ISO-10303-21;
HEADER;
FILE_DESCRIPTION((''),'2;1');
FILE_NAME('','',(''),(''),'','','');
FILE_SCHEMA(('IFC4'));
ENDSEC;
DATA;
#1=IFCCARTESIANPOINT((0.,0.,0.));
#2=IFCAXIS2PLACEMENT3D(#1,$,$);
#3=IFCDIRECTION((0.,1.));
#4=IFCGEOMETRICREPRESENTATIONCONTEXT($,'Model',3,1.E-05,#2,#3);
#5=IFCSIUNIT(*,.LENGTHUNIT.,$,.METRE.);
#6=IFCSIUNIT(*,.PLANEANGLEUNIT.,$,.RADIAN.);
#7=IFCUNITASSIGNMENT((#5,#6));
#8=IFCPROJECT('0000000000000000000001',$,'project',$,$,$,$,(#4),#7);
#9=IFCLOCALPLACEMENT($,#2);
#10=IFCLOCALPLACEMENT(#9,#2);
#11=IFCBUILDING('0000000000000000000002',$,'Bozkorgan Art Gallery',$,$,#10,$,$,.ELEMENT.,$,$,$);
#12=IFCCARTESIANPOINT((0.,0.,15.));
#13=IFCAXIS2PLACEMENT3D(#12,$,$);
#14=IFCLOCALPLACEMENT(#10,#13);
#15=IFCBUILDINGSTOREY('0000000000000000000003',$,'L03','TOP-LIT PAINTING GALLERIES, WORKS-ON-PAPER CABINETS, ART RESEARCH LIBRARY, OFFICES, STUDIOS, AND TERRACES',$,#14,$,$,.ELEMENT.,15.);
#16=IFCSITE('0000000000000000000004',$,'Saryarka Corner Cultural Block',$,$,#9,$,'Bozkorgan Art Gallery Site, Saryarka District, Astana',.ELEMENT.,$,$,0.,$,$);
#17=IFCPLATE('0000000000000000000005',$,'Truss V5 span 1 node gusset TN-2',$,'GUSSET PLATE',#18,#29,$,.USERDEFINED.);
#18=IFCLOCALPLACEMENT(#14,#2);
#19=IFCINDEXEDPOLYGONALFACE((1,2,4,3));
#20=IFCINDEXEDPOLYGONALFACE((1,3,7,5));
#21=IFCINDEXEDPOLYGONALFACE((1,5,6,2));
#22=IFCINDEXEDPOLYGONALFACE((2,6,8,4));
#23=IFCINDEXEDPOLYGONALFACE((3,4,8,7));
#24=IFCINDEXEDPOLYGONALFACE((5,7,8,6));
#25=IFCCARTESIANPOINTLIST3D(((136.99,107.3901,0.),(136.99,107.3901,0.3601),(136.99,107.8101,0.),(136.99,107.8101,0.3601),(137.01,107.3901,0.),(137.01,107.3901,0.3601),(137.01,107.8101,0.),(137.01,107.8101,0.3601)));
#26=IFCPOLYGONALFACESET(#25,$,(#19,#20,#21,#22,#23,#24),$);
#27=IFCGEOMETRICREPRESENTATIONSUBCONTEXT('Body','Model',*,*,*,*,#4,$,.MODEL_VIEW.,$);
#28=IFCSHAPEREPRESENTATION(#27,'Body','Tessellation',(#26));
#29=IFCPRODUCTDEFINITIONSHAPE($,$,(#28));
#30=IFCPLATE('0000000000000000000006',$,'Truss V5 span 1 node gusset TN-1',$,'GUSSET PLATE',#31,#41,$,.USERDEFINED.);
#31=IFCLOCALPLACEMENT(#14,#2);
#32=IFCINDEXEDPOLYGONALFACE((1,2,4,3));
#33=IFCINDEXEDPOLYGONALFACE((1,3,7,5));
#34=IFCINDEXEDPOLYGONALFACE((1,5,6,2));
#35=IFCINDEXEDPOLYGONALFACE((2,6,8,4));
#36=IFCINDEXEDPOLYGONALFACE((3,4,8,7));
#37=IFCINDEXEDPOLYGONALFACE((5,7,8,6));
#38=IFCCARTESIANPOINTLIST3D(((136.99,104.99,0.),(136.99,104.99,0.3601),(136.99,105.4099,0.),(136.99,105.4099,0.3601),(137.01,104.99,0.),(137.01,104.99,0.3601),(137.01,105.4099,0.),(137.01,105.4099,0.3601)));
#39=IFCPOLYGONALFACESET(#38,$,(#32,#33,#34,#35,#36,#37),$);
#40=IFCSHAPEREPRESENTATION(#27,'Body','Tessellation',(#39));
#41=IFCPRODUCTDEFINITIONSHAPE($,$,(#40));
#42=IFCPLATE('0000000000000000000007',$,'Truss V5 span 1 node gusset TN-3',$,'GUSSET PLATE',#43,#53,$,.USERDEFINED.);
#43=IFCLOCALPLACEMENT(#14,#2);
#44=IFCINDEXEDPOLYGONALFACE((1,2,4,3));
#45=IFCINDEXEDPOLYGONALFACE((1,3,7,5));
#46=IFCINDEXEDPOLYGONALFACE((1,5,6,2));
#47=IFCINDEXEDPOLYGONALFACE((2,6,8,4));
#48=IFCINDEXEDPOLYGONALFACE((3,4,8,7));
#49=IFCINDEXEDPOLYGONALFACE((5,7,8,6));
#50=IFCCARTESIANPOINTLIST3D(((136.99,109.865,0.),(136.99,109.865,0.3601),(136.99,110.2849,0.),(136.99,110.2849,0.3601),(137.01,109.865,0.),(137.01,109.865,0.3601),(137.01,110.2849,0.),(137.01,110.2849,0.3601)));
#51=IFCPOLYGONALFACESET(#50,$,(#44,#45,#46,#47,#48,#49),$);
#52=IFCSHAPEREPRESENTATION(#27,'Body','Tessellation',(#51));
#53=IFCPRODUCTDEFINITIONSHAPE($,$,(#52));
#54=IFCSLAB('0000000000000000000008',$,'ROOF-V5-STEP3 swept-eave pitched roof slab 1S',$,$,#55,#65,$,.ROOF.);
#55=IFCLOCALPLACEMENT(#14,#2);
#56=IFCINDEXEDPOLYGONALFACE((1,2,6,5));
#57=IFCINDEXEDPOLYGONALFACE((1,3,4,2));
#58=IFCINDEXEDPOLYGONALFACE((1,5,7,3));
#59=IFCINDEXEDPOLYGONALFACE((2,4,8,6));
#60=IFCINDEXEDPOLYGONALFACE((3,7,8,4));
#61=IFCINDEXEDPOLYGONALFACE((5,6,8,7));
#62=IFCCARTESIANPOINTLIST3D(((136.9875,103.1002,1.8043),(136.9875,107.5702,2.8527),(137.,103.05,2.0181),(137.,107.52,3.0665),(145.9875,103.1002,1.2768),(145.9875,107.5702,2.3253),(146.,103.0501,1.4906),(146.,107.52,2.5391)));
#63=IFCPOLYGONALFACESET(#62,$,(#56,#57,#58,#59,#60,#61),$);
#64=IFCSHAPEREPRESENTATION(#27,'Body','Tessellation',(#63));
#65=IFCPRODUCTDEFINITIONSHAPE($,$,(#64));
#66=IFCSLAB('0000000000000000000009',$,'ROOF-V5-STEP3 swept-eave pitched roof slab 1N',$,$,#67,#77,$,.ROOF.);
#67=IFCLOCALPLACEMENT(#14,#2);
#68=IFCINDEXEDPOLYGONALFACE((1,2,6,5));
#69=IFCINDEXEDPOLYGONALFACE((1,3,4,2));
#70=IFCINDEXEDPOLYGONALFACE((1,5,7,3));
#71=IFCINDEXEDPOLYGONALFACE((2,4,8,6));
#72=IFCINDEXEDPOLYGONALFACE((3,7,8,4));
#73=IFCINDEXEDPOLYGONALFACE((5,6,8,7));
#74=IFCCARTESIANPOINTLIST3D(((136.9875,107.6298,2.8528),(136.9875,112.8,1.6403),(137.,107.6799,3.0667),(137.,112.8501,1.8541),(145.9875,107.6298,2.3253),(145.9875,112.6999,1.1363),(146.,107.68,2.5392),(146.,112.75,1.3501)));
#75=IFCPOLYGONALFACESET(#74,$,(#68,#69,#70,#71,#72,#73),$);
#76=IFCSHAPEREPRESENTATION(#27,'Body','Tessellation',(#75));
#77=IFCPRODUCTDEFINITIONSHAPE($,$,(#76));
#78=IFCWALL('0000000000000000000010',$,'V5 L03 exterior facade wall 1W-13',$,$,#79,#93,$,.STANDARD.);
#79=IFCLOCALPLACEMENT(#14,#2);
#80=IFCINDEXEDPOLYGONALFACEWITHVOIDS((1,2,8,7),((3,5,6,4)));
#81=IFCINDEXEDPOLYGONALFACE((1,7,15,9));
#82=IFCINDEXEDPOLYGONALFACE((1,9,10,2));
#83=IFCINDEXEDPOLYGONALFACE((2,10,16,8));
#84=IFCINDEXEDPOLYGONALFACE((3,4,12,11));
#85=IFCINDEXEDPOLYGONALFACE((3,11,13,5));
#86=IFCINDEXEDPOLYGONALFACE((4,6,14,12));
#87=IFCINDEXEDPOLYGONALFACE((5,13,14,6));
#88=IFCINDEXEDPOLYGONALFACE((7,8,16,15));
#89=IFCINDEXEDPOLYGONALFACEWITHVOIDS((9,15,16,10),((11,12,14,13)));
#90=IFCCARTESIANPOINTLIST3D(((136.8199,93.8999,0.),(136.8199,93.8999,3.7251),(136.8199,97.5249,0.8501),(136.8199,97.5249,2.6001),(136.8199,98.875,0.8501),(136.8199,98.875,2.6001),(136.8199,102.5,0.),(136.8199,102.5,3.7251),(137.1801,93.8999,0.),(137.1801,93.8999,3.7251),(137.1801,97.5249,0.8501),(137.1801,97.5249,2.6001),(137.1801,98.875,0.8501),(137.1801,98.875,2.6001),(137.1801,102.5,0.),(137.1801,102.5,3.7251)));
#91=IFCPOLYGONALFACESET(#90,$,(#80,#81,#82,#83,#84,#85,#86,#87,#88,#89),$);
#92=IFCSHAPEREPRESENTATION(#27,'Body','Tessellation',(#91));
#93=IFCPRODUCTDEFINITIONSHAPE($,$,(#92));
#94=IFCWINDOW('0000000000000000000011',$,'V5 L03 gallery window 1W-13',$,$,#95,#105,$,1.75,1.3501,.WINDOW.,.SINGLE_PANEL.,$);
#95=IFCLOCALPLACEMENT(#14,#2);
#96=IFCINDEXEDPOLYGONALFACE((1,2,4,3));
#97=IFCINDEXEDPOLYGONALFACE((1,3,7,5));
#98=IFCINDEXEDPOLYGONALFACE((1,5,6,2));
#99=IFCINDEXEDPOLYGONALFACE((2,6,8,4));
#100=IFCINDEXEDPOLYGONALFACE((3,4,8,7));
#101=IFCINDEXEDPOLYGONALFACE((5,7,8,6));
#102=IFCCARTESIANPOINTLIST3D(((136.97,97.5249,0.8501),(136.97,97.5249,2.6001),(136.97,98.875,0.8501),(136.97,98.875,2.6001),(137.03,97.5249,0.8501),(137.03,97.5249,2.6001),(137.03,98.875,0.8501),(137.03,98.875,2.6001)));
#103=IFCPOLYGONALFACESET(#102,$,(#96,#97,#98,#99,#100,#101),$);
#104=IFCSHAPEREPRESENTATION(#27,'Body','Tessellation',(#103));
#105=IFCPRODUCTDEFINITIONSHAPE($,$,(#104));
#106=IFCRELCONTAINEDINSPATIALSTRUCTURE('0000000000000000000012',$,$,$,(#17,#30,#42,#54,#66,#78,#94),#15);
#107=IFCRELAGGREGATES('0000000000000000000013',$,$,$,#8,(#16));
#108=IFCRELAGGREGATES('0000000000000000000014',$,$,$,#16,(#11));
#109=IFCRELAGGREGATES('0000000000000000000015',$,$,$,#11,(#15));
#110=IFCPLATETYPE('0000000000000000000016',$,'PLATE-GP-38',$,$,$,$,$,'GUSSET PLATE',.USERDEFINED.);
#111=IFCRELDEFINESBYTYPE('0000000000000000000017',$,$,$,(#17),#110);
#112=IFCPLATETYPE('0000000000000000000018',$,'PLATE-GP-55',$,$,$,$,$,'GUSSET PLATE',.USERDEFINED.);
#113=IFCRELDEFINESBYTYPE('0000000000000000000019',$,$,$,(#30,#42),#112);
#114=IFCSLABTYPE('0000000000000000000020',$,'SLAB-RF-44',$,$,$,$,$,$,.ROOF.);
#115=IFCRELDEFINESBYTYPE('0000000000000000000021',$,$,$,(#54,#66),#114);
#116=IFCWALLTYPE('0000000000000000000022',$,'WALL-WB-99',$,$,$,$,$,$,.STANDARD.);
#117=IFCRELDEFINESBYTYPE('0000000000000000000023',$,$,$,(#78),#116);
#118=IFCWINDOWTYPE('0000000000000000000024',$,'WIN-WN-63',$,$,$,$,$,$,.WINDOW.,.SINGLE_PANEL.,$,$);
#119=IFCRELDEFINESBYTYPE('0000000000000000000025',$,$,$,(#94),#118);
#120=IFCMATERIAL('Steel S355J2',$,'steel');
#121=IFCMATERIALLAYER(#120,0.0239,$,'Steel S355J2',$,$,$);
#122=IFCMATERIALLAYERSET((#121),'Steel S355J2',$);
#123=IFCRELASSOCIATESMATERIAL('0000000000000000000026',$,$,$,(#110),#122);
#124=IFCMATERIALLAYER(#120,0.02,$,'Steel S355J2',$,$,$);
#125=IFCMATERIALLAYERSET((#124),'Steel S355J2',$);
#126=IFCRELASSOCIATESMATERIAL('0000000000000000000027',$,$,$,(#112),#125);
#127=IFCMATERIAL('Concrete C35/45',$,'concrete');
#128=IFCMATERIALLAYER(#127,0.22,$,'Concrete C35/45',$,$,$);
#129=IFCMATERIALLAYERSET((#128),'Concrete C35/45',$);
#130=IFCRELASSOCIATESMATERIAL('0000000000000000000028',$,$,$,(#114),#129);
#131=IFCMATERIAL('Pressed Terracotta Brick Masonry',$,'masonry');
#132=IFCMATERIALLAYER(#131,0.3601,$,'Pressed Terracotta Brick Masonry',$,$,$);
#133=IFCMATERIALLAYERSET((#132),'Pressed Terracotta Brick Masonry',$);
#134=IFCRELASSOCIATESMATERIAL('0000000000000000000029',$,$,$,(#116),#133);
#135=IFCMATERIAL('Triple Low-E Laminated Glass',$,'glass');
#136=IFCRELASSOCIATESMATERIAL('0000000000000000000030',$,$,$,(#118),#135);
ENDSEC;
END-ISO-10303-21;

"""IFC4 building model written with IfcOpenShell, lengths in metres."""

from ifc_helpers import new_model, si_unit, direction, frame, frame_2d, origin, origin_2d, place, context, subcontext, project, spatial, polyline, rectangle, outline, extrude, material, layer, layer_set, type_object, element, fill, save


model = new_model("IFC4")

# Units and contexts
model_context = context("Model", 3, precision=1e-05, world=origin(), true_north=direction((0.0, 1.0)))
body_context = subcontext(model_context, "Body", "Model", "MODEL_VIEW")
ifc_project = project(units=[si_unit("LENGTHUNIT", "METRE"), si_unit("PLANEANGLEUNIT", "RADIAN")], contexts=[model_context])

# Site, building, storey
site_placement = place(None, origin())
site = spatial("IfcSite", under=ifc_project, at=site_placement, Name="Saryarka Corner Cultural Block", LongName="Bozkorgan Art Gallery Site, Saryarka District, Astana", CompositionType="ELEMENT", RefElevation=0.0)
building_placement = place(site_placement, origin())
building = spatial("IfcBuilding", under=site, at=building_placement, Name="Bozkorgan Art Gallery", CompositionType="ELEMENT")
storey_placement = place(building_placement, frame((0.0, 0.0, 15.0)))
storey = spatial("IfcBuildingStorey", under=building, at=storey_placement, Name="L03", Description="TOP-LIT PAINTING GALLERIES, WORKS-ON-PAPER CABINETS, ART RESEARCH LIBRARY, OFFICES, STUDIOS, AND TERRACES", CompositionType="ELEMENT", Elevation=15.0)

# Shared definitions
ifc_material_1 = material(Name="Steel S355J2", Category="steel")

# Plates
ifc_layer_1 = layer(ifc_material_1, 0.0239, Name="Steel S355J2")
ifc_layer_set_1 = layer_set([ifc_layer_1], Name="Steel S355J2")
plate_type_1 = type_object("IfcPlateType", Name="PLATE-GP-38", ElementType="GUSSET PLATE", PredefinedType="USERDEFINED", material=ifc_layer_set_1)
plate_placement = place(storey_placement, frame((137.0, 107.6001, 0.0), z_axis=(0.0, 0.0, 1.0), x_axis=(1.0, 0.0, 0.0)))
element("IfcPlate", 1, at=plate_placement, inside=storey, type_object=plate_type_1, Name="Truss V5 span 1 node gusset TN-2", ObjectType="GUSSET PLATE", PredefinedType="USERDEFINED", context=body_context, shape_type="SweptSolid", body=[
    extrude(rectangle(XDim=0.02, YDim=0.4199, at=origin_2d()), origin(), (0.0, 0.0, 1.0), 0.3601),
])
ifc_layer_2 = layer(ifc_material_1, 0.02, Name="Steel S355J2")
ifc_layer_set_2 = layer_set([ifc_layer_2], Name="Steel S355J2")
plate_type_2 = type_object("IfcPlateType", Name="PLATE-GP-55", ElementType="GUSSET PLATE", PredefinedType="USERDEFINED", material=ifc_layer_set_2)
for number, where, z_axis, x_axis, name in (
    (2, (137.0, 105.2, 0.0), (0.0, 0.0, 1.0), (1.0, 0.0, 0.0), "Truss V5 span 1 node gusset TN-1"),
    (3, (137.0, 110.075, 0.0), (0.0, 0.0, 1.0), (1.0, 0.0, 0.0), "Truss V5 span 1 node gusset TN-3"),
):
    element("IfcPlate", number, at=place(storey_placement, frame(where, z_axis=z_axis, x_axis=x_axis)), inside=storey, type_object=plate_type_2, Name=name, ObjectType="GUSSET PLATE", PredefinedType="USERDEFINED", context=body_context, shape_type="SweptSolid", body=[
        extrude(rectangle(XDim=0.02, YDim=0.4199, at=origin_2d()), origin(), (0.0, 0.0, 1.0), 0.3601),
    ])

# Slabs
ifc_material_2 = material(Name="Concrete C35/45", Category="concrete")
ifc_layer_3 = layer(ifc_material_2, 0.22, Name="Concrete C35/45")
ifc_layer_set_3 = layer_set([ifc_layer_3], Name="Concrete C35/45")
slab_type = type_object("IfcSlabType", Name="SLAB-RF-44", PredefinedType="ROOF", material=ifc_layer_set_3)
slab_1_placement = place(storey_placement, frame((137.0, 103.05, 2.0181), z_axis=(0.056966, -0.227988, 0.971996), x_axis=(0.998287, 0.000003, -0.058506)))
element("IfcSlab", 4, at=slab_1_placement, inside=storey, type_object=slab_type, Name="ROOF-V5-STEP3 swept-eave pitched roof slab 1S", PredefinedType="ROOF", context=body_context, shape_type="SweptSolid", body=[
    extrude(outline(polyline([(0.0, 0.0), (9.0154, 0.0), (8.9541, 4.5908), (-0.0613, 4.5909), (0.0, 0.0)])), origin(), (0.0, 0.0, -1.0), 0.22),
])
slab_2_placement = place(storey_placement, frame((137.0, 107.6799, 3.0667), z_axis=(0.056969, 0.227961, 0.972002), x_axis=(0.998287, 0.000003, -0.05851)))
element("IfcSlab", 5, at=slab_2_placement, inside=storey, type_object=slab_type, Name="ROOF-V5-STEP3 swept-eave pitched roof slab 1N", PredefinedType="ROOF", context=body_context, shape_type="SweptSolid", body=[
    extrude(outline(polyline([(0.0, 0.0), (9.0155, 0.0), (9.085, 5.2071), (0.071, 5.31), (0.0, 0.0)])), origin(), (0.0, 0.0, -1.0), 0.22),
])

# Wall, opening, window
ifc_material_3 = material(Name="Pressed Terracotta Brick Masonry", Category="masonry")
ifc_layer_4 = layer(ifc_material_3, 0.3601, Name="Pressed Terracotta Brick Masonry")
ifc_layer_set_4 = layer_set([ifc_layer_4], Name="Pressed Terracotta Brick Masonry")
wall_type = type_object("IfcWallType", Name="WALL-WB-99", PredefinedType="STANDARD", material=ifc_layer_set_4)
wall_placement = place(storey_placement, frame((137.0, 93.8999, 0.0), z_axis=(0.0, 0.0, 1.0), x_axis=(0.0, 1.0, 0.0)))
wall = element("IfcWall", 6, at=wall_placement, inside=storey, type_object=wall_type, Name="V5 L03 exterior facade wall 1W-13", PredefinedType="STANDARD", context=body_context, shape_type="SweptSolid", body=[
    extrude(rectangle(XDim=8.6001, YDim=0.3601, at=frame_2d((4.3, 0.0))), origin(), (0.0, 0.0, 1.0), 3.7251),
])
opening_placement = place(wall_placement, frame((3.625, 0.0, 0.8501)))
opening = element("IfcOpeningElement", 7, at=opening_placement, cuts=wall, PredefinedType="OPENING", context=body_context, shape_type="SweptSolid", body=[
    extrude(rectangle(XDim=1.3501, YDim=1.75, at=frame_2d((0.675, 0.875))), frame((0.0, 0.1899, 0.0), z_axis=(0.0, -1.0, 0.0), x_axis=(1.0, 0.0, 0.0)), (0.0, 0.0, 1.0), 0.3801),
])
ifc_material_4 = material(Name="Triple Low-E Laminated Glass", Category="glass")
window_type = type_object("IfcWindowType", Name="WIN-WN-63", PartitioningType="SINGLE_PANEL", PredefinedType="WINDOW", material=ifc_material_4)
window_placement = place(opening_placement, origin())
window = element("IfcWindow", 8, at=window_placement, inside=storey, type_object=window_type, Name="V5 L03 gallery window 1W-13", OverallHeight=1.75, OverallWidth=1.3501, PartitioningType="SINGLE_PANEL", PredefinedType="WINDOW", context=body_context, shape_type="SweptSolid", body=[
    extrude(rectangle(XDim=1.3501, YDim=1.75, at=frame_2d((0.675, 0.875))), frame((0.0, 0.03, 0.0), z_axis=(0.0, -1.0, 0.0), x_axis=(1.0, 0.0, 0.0)), (0.0, 0.0, 1.0), 0.0601),
])
fill(opening, window)

save(model, "model.ifc")
